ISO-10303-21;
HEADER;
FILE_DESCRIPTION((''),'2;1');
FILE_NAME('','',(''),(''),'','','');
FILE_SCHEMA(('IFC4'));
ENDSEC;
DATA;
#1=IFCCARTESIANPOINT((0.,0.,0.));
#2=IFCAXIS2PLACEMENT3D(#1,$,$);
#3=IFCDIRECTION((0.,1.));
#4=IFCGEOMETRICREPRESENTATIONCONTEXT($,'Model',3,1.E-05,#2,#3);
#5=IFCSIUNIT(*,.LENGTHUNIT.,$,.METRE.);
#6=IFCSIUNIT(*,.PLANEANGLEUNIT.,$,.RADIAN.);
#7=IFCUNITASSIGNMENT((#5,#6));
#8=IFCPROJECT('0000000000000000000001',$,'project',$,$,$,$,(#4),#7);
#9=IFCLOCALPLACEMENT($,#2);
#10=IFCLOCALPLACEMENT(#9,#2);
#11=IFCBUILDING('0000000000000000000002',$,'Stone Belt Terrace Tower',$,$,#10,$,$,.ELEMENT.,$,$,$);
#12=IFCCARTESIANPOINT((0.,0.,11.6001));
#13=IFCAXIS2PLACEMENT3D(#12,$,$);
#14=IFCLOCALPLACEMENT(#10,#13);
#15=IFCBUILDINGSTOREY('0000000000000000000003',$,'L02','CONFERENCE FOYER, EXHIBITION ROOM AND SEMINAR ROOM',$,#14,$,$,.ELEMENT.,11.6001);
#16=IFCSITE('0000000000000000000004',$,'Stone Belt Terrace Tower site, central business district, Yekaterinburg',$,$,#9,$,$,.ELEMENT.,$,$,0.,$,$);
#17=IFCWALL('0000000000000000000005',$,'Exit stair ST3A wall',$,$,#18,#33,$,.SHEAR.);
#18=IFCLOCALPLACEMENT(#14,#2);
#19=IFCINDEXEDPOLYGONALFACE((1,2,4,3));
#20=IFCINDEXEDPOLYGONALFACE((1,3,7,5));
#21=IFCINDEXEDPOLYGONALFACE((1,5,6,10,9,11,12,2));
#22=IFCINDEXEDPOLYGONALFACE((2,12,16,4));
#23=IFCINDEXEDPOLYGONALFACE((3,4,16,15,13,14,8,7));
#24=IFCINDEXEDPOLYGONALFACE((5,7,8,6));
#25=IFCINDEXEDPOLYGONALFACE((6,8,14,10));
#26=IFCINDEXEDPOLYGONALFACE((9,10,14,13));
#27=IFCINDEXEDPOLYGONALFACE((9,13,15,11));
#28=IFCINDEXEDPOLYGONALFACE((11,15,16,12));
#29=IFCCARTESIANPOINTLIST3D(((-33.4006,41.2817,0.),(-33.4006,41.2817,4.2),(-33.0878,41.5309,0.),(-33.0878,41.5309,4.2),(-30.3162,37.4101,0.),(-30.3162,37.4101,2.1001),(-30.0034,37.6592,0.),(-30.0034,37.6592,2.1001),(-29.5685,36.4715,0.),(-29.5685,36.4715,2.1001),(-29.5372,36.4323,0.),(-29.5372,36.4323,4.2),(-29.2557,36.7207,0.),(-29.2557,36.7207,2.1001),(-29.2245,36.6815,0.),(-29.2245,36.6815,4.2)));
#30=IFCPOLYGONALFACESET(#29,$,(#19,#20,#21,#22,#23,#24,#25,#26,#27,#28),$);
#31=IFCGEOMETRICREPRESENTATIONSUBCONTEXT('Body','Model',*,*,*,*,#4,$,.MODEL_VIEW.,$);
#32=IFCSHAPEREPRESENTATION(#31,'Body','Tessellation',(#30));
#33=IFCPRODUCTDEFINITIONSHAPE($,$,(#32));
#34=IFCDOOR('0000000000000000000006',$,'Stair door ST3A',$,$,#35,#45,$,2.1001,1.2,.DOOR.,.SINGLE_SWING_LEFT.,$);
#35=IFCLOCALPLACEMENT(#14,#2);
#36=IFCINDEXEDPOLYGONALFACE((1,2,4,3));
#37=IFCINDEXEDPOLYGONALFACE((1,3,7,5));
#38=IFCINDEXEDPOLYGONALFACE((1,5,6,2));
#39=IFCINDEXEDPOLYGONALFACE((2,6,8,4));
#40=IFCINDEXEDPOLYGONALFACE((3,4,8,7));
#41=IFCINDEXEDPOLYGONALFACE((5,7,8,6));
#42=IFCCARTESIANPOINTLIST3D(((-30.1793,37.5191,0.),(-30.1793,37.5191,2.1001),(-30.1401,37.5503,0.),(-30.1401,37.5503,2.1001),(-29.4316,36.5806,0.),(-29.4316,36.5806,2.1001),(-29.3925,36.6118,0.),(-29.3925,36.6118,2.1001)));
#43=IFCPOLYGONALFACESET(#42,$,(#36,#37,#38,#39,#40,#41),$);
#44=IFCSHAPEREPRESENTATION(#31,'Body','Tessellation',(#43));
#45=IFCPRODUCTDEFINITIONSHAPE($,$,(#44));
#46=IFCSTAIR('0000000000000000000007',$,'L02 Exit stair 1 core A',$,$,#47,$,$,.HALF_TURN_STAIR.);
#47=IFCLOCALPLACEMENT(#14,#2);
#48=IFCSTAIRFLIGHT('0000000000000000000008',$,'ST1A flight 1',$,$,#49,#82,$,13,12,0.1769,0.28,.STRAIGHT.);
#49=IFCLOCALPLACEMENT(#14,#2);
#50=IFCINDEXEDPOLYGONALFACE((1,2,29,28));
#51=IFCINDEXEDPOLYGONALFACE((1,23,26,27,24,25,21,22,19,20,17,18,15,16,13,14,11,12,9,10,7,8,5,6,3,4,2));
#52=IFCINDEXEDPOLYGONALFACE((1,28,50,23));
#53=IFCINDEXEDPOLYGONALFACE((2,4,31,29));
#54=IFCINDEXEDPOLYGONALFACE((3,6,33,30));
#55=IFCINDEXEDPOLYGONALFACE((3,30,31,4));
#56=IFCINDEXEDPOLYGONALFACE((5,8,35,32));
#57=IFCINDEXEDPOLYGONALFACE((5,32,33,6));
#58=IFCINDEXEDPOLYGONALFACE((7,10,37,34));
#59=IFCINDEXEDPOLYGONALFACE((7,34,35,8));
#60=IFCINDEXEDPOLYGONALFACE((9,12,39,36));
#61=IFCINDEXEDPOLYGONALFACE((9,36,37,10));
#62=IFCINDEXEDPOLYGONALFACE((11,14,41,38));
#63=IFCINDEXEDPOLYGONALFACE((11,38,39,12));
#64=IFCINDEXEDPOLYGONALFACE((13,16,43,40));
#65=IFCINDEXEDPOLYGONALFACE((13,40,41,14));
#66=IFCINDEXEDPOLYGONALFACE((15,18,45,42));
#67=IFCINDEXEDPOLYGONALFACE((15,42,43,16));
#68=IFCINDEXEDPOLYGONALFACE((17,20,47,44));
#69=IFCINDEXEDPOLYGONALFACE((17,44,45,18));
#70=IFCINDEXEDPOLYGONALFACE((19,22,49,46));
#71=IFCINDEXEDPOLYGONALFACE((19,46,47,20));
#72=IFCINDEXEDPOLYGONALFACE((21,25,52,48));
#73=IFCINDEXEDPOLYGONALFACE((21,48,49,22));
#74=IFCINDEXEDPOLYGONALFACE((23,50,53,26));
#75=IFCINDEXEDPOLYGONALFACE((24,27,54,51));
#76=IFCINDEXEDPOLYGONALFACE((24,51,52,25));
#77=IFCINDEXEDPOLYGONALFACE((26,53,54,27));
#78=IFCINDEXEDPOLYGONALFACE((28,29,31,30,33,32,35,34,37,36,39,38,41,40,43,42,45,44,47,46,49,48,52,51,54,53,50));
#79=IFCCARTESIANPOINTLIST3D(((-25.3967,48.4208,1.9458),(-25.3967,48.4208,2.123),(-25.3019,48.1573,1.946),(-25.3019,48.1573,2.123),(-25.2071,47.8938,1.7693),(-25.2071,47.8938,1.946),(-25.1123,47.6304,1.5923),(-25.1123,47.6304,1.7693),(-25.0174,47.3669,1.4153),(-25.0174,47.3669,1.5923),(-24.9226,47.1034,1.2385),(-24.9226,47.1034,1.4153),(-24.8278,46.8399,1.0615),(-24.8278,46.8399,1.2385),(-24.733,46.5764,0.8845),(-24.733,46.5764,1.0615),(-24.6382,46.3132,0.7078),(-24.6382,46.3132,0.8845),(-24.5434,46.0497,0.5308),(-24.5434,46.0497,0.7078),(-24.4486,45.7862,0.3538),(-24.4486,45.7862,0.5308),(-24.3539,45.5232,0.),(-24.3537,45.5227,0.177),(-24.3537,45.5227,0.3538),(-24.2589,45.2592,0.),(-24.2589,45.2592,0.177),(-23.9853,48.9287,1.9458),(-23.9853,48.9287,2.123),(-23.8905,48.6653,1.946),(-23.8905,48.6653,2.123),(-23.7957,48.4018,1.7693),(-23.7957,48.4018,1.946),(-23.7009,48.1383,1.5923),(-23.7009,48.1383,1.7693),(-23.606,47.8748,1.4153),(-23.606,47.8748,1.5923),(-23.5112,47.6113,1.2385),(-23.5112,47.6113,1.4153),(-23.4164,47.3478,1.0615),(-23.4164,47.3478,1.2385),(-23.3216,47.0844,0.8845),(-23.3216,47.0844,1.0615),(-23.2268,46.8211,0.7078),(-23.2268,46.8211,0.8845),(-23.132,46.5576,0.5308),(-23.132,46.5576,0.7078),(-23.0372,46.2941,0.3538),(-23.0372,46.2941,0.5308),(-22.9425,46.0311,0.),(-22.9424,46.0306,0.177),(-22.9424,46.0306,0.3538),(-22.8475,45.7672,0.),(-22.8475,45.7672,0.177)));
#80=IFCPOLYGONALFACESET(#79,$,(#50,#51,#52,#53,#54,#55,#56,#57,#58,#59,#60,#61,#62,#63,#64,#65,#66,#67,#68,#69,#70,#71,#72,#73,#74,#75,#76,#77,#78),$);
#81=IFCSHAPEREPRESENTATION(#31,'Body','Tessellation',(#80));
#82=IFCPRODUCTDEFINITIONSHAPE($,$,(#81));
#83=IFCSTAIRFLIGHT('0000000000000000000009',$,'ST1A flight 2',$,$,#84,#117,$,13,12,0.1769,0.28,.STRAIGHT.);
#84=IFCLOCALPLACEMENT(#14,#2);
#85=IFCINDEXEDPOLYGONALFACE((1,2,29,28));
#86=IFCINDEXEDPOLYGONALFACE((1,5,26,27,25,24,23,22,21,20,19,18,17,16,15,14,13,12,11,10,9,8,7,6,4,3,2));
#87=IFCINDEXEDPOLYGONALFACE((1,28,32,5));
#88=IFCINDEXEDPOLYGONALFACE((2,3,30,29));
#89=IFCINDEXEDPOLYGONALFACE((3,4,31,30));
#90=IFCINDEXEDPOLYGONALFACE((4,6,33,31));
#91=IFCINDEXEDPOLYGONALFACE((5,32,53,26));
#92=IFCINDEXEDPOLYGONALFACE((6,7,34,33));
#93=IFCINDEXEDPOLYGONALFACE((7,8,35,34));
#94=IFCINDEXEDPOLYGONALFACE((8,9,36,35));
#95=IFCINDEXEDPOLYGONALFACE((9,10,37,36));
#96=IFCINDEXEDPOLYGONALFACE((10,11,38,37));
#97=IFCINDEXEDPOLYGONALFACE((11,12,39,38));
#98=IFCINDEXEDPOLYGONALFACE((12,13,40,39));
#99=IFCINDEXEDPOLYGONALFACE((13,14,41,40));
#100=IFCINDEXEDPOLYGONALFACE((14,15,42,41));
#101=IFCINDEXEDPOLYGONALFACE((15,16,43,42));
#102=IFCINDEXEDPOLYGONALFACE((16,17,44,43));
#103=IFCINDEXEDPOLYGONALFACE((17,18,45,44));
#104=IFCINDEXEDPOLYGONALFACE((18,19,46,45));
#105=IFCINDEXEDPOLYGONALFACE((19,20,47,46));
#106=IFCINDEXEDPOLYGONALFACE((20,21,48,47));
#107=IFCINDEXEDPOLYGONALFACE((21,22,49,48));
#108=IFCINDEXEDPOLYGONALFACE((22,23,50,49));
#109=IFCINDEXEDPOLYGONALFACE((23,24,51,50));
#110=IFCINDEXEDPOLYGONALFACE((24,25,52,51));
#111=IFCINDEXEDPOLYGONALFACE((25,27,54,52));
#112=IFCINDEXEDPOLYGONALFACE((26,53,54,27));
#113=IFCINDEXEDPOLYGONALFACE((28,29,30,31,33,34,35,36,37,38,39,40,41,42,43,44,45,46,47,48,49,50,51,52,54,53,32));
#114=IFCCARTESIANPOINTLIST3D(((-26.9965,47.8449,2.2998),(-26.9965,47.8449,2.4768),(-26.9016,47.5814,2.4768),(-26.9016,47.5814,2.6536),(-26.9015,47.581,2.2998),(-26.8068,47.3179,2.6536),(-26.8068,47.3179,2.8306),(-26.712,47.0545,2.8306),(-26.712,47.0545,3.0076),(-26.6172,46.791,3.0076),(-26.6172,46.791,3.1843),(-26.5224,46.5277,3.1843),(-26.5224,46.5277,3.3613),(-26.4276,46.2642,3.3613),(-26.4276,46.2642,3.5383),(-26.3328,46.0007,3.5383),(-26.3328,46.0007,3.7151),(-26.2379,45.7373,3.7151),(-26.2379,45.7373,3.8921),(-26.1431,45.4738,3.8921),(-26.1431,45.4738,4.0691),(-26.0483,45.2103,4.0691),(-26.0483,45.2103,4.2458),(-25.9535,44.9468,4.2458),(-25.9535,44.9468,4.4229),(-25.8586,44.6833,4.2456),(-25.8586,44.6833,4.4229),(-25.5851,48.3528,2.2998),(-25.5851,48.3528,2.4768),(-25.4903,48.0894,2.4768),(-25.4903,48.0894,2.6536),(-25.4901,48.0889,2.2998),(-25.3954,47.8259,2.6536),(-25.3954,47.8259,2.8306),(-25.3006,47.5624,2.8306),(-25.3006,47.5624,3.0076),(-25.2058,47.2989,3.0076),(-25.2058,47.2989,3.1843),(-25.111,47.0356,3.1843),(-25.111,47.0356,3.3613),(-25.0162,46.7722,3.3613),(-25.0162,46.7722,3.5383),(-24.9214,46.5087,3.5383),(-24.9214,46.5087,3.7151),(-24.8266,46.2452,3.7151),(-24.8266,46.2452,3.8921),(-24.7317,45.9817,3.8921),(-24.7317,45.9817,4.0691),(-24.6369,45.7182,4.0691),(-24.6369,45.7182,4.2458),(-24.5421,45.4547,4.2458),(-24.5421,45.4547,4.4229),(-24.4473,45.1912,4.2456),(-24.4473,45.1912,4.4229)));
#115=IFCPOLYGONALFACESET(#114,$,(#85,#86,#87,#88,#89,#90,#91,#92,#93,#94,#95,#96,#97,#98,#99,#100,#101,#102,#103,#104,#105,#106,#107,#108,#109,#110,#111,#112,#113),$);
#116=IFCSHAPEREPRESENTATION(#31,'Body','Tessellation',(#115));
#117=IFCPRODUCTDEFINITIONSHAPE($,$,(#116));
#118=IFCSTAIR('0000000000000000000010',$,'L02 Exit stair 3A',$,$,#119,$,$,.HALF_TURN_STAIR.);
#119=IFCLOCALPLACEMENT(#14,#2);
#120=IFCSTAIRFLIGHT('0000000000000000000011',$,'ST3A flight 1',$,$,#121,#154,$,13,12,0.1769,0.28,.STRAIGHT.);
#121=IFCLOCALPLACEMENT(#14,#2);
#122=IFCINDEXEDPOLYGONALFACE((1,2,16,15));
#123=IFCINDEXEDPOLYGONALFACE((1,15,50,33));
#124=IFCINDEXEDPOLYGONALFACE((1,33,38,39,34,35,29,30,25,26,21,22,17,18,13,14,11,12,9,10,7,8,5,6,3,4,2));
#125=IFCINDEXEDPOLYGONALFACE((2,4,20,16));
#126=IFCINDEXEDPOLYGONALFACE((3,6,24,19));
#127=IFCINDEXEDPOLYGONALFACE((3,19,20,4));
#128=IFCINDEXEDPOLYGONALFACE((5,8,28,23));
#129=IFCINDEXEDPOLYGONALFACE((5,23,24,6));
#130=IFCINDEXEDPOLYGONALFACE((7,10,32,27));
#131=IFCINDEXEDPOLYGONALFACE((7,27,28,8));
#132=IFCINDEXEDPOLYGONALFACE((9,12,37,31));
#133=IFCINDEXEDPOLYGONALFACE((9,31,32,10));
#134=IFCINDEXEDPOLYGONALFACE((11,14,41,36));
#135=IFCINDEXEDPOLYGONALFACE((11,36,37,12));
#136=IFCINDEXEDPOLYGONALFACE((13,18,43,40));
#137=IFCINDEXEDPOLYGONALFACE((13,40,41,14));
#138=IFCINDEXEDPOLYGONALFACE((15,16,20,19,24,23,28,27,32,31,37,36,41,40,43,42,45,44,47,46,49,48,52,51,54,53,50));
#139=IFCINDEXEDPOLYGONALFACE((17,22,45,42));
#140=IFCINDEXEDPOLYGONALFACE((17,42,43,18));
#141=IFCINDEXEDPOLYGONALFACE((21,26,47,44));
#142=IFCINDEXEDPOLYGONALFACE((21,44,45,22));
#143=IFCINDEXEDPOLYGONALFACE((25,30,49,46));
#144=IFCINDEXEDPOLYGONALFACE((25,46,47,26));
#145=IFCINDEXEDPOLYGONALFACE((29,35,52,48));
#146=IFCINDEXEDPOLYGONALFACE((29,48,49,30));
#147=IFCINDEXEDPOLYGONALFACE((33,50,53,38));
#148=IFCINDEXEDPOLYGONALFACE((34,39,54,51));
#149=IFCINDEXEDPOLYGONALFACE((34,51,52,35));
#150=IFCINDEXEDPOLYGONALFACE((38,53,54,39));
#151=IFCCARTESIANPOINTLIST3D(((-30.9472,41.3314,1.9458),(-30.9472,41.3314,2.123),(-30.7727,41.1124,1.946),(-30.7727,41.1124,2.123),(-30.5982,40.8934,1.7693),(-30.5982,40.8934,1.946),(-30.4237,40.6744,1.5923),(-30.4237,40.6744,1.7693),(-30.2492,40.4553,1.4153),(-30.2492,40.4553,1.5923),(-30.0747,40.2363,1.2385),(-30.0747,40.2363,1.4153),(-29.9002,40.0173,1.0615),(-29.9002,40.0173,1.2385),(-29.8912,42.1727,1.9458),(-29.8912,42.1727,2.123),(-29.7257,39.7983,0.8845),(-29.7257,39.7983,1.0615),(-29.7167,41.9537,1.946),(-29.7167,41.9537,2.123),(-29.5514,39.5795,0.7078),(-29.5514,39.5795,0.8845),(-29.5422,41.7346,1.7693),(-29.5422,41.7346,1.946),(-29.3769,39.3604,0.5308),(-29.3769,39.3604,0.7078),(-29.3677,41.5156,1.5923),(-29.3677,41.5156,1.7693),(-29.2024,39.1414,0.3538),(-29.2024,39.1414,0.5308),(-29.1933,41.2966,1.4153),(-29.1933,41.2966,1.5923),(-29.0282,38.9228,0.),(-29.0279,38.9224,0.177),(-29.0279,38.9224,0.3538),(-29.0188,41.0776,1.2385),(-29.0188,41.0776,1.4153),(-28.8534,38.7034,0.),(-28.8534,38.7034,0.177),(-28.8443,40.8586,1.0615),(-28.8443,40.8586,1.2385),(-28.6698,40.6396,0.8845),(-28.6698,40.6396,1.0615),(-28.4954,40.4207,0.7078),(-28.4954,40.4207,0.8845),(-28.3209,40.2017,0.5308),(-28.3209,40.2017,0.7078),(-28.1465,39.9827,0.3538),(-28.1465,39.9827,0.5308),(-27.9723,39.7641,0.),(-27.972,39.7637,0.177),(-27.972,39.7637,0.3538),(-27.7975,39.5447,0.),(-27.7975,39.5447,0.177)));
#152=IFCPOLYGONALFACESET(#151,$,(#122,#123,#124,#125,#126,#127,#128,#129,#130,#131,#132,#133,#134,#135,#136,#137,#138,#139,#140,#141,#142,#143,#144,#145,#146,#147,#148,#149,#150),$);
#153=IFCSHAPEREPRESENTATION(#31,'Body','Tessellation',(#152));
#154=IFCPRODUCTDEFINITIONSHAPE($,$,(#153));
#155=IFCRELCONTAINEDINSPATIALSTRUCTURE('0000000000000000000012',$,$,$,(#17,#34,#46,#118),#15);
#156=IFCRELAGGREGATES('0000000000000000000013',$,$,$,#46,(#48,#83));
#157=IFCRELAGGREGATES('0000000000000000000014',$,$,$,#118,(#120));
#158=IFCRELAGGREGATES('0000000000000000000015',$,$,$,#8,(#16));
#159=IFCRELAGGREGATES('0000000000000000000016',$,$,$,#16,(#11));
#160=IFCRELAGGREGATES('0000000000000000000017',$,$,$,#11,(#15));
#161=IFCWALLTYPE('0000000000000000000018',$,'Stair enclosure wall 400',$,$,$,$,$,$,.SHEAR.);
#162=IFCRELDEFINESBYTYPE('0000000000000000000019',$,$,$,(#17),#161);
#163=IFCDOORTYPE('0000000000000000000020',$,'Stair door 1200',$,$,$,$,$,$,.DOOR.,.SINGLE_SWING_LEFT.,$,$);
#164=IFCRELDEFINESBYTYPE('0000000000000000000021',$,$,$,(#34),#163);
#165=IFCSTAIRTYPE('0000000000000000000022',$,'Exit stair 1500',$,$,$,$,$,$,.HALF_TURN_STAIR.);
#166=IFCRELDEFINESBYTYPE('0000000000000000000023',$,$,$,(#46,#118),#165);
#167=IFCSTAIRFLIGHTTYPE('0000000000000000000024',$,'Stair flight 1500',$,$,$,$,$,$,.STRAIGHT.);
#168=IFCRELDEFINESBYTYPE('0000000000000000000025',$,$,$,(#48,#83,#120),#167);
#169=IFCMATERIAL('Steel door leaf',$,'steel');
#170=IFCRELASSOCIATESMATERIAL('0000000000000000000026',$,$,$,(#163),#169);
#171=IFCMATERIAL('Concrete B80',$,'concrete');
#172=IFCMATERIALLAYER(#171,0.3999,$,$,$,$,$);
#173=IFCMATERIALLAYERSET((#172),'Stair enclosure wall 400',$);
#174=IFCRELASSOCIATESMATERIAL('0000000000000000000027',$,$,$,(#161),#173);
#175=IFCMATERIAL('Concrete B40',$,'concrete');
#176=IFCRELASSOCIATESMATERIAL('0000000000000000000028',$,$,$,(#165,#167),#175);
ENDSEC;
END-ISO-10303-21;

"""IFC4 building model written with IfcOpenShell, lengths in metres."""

from ifc_helpers import new_model, si_unit, direction, frame, frame_2d, origin, place, context, subcontext, project, spatial, polyline, rectangle, outline, extrude, material, layer, layer_set, type_object, element, fill, aggregate, save


model = new_model("IFC4")

# Units and contexts
model_context = context("Model", 3, precision=1e-05, world=origin(), true_north=direction((0.0, 1.0)))
body_context = subcontext(model_context, "Body", "Model", "MODEL_VIEW")
ifc_project = project(units=[si_unit("LENGTHUNIT", "METRE"), si_unit("PLANEANGLEUNIT", "RADIAN")], contexts=[model_context])

# Site, building, storey
site_placement = place(None, origin())
site = spatial("IfcSite", under=ifc_project, at=site_placement, Name="Stone Belt Terrace Tower site, central business district, Yekaterinburg", CompositionType="ELEMENT", RefElevation=0.0)
building_placement = place(site_placement, origin())
building = spatial("IfcBuilding", under=site, at=building_placement, Name="Stone Belt Terrace Tower", CompositionType="ELEMENT")
storey_placement = place(building_placement, frame((0.0, 0.0, 11.6001)))
storey = spatial("IfcBuildingStorey", under=building, at=storey_placement, Name="L02", Description="CONFERENCE FOYER, EXHIBITION ROOM AND SEMINAR ROOM", CompositionType="ELEMENT", Elevation=11.6001)

# Shared definitions
ifc_material_1 = material(Name="Concrete B80", Category="concrete")

# Shared definitions
ifc_material_2 = material(Name="Steel door leaf", Category="steel")
door_type_1 = type_object("IfcDoorType", Name="Stair door 1200", OperationType="SINGLE_SWING_LEFT", PredefinedType="DOOR", material=ifc_material_2)

# Shared definitions
ifc_layer_1 = layer(ifc_material_1, 0.3999)
ifc_layer_set_1 = layer_set([ifc_layer_1], Name="Stair enclosure wall 400")
wall_type_1 = type_object("IfcWallType", Name="Stair enclosure wall 400", PredefinedType="SHEAR", material=ifc_layer_set_1)

# Wall, opening, door
wall_1_placement = place(storey_placement, frame((-29.3809, 36.5569, 0.0), z_axis=(0.0, 0.0, 1.0), x_axis=(-0.623099, 0.782143, 0.0)))
wall_1 = element("IfcWall", 1, at=wall_1_placement, inside=storey, type_object=wall_type_1, Name="Exit stair ST3A wall", PredefinedType="SHEAR", context=body_context, shape_type="SweptSolid", body=[
    extrude(rectangle(XDim=6.2002, YDim=0.3999, at=frame_2d((3.1001, 0.0))), origin(), (0.0, 0.0, 1.0), 4.2),
])
opening_1_placement = place(wall_1_placement, frame((0.05, 0.0, 0.0)))
opening_1 = element("IfcOpeningElement", 2, at=opening_1_placement, cuts=wall_1, PredefinedType="OPENING", context=body_context, shape_type="SweptSolid", body=[
    extrude(rectangle(XDim=1.2, YDim=2.1001, at=frame_2d((0.6001, 1.05))), frame((0.0, 0.21, 0.0), z_axis=(0.0, -1.0, 0.0), x_axis=(1.0, 0.0, 0.0)), (0.0, 0.0, 1.0), 0.4199),
])
door_1_placement = place(opening_1_placement, origin())
door_1 = element("IfcDoor", 3, at=door_1_placement, inside=storey, type_object=door_type_1, Name="Stair door ST3A", OperationType="SINGLE_SWING_LEFT", OverallHeight=2.1001, OverallWidth=1.2, PredefinedType="DOOR", context=body_context, shape_type="SweptSolid", body=[
    extrude(rectangle(XDim=1.2, YDim=2.1001, at=frame_2d((0.6001, 1.05))), frame((0.0, 0.0249, 0.0), z_axis=(0.0, -1.0, 0.0), x_axis=(1.0, 0.0, 0.0)), (0.0, 0.0, 1.0), 0.05),
])
fill(opening_1, door_1)

# Stairs, stair flights
ifc_material_3 = material(Name="Concrete B40", Category="concrete")
stair_type = type_object("IfcStairType", Name="Exit stair 1500", PredefinedType="HALF_TURN_STAIR", material=ifc_material_3)
stair_1_placement = place(storey_placement, origin())
stair_1 = element("IfcStair", 4, at=stair_1_placement, inside=storey, type_object=stair_type, Name="L02 Exit stair 1 core A", PredefinedType="HALF_TURN_STAIR")
stair_flight_type = type_object("IfcStairFlightType", Name="Stair flight 1500", PredefinedType="STRAIGHT", material=ifc_material_3)
stair_flight_1_placement = place(storey_placement, frame((-23.5532, 45.5132, 0.0), z_axis=(0.0, 0.0, 1.0), x_axis=(-0.338624, 0.940922, 0.0)))
stair_flight_1 = element("IfcStairFlight", 5, at=stair_flight_1_placement, type_object=stair_flight_type, Name="ST1A flight 1", NumberOfRisers=13, NumberOfTreads=12, PredefinedType="STRAIGHT", RiserHeight=0.1769, TreadLength=0.28, context=body_context, shape_type="SweptSolid", body=[
    extrude(outline(polyline([(0.0, 0.0), (0.0, 0.177), (0.28, 0.177), (0.28, 0.3538), (0.5601, 0.3538), (0.5601, 0.5308), (0.8401, 0.5308), (0.8401, 0.7078), (1.1201, 0.7078), (1.1201, 0.8845), (1.3999, 0.8845), (1.3999, 1.0615), (1.6799, 1.0615), (1.6799, 1.2385), (1.96, 1.2385), (1.96, 1.4153), (2.24, 1.4153), (2.24, 1.5923), (2.52, 1.5923), (2.52, 1.7693), (2.8, 1.7693), (2.8, 1.946), (3.0801, 1.946), (3.0801, 2.123), (3.3601, 2.123), (3.3601, 2.3), (3.3601, 1.9458), (0.2805, 0.0), (0.0, 0.0)])), frame((0.0, 0.75, 0.0), z_axis=(0.0, -1.0, 0.0), x_axis=(1.0, 0.0, 0.0)), (0.0, 0.0, 1.0), 1.5),
])
stair_flight_2_placement = place(storey_placement, frame((-26.2908, 48.0989, 2.2998), z_axis=(0.0, 0.0, 1.0), x_axis=(0.338624, -0.940922, 0.0)))
stair_flight_2 = element("IfcStairFlight", 6, at=stair_flight_2_placement, type_object=stair_flight_type, Name="ST1A flight 2", NumberOfRisers=13, NumberOfTreads=12, PredefinedType="STRAIGHT", RiserHeight=0.1769, TreadLength=0.28, context=body_context, shape_type="SweptSolid", body=[
    extrude(outline(polyline([(0.0, 0.0), (0.0, 0.177), (0.28, 0.177), (0.28, 0.3538), (0.5601, 0.3538), (0.5601, 0.5308), (0.8401, 0.5308), (0.8401, 0.7078), (1.1201, 0.7078), (1.1201, 0.8845), (1.3999, 0.8845), (1.3999, 1.0615), (1.6799, 1.0615), (1.6799, 1.2385), (1.96, 1.2385), (1.96, 1.4153), (2.24, 1.4153), (2.24, 1.5923), (2.52, 1.5923), (2.52, 1.7693), (2.8, 1.7693), (2.8, 1.946), (3.0801, 1.946), (3.0801, 2.123), (3.3601, 2.123), (3.3601, 2.3), (3.3601, 1.9458), (0.2805, 0.0), (0.0, 0.0)])), frame((0.0, 0.75, 0.0), z_axis=(0.0, -1.0, 0.0), x_axis=(1.0, 0.0, 0.0)), (0.0, 0.0, 1.0), 1.5),
])
aggregate(stair_1, [stair_flight_1, stair_flight_2])
stair_2_placement = place(storey_placement, origin())
stair_2 = element("IfcStair", 7, at=stair_2_placement, inside=storey, type_object=stair_type, Name="L02 Exit stair 3A", PredefinedType="HALF_TURN_STAIR")
stair_flight_3_placement = place(storey_placement, frame((-28.3254, 39.124, 0.0), z_axis=(0.0, 0.0, 1.0), x_axis=(-0.623121, 0.782125, 0.0)))
stair_flight_3 = element("IfcStairFlight", 8, at=stair_flight_3_placement, type_object=stair_flight_type, Name="ST3A flight 1", NumberOfRisers=13, NumberOfTreads=12, PredefinedType="STRAIGHT", RiserHeight=0.1769, TreadLength=0.28, context=body_context, shape_type="SweptSolid", body=[
    extrude(outline(polyline([(0.0, 0.0), (0.0, 0.177), (0.28, 0.177), (0.28, 0.3538), (0.5601, 0.3538), (0.5601, 0.5308), (0.8401, 0.5308), (0.8401, 0.7078), (1.1201, 0.7078), (1.1201, 0.8845), (1.3999, 0.8845), (1.3999, 1.0615), (1.6799, 1.0615), (1.6799, 1.2385), (1.96, 1.2385), (1.96, 1.4153), (2.24, 1.4153), (2.24, 1.5923), (2.52, 1.5923), (2.52, 1.7693), (2.8, 1.7693), (2.8, 1.946), (3.0801, 1.946), (3.0801, 2.123), (3.3601, 2.123), (3.3601, 2.3), (3.3601, 1.9458), (0.2805, 0.0), (0.0, 0.0)])), frame((0.0, 0.675, 0.0), z_axis=(0.0, -1.0, 0.0), x_axis=(1.0, 0.0, 0.0)), (0.0, 0.0, 1.0), 1.3501),
])
aggregate(stair_2, [stair_flight_3])

save(model, "model.ifc")
